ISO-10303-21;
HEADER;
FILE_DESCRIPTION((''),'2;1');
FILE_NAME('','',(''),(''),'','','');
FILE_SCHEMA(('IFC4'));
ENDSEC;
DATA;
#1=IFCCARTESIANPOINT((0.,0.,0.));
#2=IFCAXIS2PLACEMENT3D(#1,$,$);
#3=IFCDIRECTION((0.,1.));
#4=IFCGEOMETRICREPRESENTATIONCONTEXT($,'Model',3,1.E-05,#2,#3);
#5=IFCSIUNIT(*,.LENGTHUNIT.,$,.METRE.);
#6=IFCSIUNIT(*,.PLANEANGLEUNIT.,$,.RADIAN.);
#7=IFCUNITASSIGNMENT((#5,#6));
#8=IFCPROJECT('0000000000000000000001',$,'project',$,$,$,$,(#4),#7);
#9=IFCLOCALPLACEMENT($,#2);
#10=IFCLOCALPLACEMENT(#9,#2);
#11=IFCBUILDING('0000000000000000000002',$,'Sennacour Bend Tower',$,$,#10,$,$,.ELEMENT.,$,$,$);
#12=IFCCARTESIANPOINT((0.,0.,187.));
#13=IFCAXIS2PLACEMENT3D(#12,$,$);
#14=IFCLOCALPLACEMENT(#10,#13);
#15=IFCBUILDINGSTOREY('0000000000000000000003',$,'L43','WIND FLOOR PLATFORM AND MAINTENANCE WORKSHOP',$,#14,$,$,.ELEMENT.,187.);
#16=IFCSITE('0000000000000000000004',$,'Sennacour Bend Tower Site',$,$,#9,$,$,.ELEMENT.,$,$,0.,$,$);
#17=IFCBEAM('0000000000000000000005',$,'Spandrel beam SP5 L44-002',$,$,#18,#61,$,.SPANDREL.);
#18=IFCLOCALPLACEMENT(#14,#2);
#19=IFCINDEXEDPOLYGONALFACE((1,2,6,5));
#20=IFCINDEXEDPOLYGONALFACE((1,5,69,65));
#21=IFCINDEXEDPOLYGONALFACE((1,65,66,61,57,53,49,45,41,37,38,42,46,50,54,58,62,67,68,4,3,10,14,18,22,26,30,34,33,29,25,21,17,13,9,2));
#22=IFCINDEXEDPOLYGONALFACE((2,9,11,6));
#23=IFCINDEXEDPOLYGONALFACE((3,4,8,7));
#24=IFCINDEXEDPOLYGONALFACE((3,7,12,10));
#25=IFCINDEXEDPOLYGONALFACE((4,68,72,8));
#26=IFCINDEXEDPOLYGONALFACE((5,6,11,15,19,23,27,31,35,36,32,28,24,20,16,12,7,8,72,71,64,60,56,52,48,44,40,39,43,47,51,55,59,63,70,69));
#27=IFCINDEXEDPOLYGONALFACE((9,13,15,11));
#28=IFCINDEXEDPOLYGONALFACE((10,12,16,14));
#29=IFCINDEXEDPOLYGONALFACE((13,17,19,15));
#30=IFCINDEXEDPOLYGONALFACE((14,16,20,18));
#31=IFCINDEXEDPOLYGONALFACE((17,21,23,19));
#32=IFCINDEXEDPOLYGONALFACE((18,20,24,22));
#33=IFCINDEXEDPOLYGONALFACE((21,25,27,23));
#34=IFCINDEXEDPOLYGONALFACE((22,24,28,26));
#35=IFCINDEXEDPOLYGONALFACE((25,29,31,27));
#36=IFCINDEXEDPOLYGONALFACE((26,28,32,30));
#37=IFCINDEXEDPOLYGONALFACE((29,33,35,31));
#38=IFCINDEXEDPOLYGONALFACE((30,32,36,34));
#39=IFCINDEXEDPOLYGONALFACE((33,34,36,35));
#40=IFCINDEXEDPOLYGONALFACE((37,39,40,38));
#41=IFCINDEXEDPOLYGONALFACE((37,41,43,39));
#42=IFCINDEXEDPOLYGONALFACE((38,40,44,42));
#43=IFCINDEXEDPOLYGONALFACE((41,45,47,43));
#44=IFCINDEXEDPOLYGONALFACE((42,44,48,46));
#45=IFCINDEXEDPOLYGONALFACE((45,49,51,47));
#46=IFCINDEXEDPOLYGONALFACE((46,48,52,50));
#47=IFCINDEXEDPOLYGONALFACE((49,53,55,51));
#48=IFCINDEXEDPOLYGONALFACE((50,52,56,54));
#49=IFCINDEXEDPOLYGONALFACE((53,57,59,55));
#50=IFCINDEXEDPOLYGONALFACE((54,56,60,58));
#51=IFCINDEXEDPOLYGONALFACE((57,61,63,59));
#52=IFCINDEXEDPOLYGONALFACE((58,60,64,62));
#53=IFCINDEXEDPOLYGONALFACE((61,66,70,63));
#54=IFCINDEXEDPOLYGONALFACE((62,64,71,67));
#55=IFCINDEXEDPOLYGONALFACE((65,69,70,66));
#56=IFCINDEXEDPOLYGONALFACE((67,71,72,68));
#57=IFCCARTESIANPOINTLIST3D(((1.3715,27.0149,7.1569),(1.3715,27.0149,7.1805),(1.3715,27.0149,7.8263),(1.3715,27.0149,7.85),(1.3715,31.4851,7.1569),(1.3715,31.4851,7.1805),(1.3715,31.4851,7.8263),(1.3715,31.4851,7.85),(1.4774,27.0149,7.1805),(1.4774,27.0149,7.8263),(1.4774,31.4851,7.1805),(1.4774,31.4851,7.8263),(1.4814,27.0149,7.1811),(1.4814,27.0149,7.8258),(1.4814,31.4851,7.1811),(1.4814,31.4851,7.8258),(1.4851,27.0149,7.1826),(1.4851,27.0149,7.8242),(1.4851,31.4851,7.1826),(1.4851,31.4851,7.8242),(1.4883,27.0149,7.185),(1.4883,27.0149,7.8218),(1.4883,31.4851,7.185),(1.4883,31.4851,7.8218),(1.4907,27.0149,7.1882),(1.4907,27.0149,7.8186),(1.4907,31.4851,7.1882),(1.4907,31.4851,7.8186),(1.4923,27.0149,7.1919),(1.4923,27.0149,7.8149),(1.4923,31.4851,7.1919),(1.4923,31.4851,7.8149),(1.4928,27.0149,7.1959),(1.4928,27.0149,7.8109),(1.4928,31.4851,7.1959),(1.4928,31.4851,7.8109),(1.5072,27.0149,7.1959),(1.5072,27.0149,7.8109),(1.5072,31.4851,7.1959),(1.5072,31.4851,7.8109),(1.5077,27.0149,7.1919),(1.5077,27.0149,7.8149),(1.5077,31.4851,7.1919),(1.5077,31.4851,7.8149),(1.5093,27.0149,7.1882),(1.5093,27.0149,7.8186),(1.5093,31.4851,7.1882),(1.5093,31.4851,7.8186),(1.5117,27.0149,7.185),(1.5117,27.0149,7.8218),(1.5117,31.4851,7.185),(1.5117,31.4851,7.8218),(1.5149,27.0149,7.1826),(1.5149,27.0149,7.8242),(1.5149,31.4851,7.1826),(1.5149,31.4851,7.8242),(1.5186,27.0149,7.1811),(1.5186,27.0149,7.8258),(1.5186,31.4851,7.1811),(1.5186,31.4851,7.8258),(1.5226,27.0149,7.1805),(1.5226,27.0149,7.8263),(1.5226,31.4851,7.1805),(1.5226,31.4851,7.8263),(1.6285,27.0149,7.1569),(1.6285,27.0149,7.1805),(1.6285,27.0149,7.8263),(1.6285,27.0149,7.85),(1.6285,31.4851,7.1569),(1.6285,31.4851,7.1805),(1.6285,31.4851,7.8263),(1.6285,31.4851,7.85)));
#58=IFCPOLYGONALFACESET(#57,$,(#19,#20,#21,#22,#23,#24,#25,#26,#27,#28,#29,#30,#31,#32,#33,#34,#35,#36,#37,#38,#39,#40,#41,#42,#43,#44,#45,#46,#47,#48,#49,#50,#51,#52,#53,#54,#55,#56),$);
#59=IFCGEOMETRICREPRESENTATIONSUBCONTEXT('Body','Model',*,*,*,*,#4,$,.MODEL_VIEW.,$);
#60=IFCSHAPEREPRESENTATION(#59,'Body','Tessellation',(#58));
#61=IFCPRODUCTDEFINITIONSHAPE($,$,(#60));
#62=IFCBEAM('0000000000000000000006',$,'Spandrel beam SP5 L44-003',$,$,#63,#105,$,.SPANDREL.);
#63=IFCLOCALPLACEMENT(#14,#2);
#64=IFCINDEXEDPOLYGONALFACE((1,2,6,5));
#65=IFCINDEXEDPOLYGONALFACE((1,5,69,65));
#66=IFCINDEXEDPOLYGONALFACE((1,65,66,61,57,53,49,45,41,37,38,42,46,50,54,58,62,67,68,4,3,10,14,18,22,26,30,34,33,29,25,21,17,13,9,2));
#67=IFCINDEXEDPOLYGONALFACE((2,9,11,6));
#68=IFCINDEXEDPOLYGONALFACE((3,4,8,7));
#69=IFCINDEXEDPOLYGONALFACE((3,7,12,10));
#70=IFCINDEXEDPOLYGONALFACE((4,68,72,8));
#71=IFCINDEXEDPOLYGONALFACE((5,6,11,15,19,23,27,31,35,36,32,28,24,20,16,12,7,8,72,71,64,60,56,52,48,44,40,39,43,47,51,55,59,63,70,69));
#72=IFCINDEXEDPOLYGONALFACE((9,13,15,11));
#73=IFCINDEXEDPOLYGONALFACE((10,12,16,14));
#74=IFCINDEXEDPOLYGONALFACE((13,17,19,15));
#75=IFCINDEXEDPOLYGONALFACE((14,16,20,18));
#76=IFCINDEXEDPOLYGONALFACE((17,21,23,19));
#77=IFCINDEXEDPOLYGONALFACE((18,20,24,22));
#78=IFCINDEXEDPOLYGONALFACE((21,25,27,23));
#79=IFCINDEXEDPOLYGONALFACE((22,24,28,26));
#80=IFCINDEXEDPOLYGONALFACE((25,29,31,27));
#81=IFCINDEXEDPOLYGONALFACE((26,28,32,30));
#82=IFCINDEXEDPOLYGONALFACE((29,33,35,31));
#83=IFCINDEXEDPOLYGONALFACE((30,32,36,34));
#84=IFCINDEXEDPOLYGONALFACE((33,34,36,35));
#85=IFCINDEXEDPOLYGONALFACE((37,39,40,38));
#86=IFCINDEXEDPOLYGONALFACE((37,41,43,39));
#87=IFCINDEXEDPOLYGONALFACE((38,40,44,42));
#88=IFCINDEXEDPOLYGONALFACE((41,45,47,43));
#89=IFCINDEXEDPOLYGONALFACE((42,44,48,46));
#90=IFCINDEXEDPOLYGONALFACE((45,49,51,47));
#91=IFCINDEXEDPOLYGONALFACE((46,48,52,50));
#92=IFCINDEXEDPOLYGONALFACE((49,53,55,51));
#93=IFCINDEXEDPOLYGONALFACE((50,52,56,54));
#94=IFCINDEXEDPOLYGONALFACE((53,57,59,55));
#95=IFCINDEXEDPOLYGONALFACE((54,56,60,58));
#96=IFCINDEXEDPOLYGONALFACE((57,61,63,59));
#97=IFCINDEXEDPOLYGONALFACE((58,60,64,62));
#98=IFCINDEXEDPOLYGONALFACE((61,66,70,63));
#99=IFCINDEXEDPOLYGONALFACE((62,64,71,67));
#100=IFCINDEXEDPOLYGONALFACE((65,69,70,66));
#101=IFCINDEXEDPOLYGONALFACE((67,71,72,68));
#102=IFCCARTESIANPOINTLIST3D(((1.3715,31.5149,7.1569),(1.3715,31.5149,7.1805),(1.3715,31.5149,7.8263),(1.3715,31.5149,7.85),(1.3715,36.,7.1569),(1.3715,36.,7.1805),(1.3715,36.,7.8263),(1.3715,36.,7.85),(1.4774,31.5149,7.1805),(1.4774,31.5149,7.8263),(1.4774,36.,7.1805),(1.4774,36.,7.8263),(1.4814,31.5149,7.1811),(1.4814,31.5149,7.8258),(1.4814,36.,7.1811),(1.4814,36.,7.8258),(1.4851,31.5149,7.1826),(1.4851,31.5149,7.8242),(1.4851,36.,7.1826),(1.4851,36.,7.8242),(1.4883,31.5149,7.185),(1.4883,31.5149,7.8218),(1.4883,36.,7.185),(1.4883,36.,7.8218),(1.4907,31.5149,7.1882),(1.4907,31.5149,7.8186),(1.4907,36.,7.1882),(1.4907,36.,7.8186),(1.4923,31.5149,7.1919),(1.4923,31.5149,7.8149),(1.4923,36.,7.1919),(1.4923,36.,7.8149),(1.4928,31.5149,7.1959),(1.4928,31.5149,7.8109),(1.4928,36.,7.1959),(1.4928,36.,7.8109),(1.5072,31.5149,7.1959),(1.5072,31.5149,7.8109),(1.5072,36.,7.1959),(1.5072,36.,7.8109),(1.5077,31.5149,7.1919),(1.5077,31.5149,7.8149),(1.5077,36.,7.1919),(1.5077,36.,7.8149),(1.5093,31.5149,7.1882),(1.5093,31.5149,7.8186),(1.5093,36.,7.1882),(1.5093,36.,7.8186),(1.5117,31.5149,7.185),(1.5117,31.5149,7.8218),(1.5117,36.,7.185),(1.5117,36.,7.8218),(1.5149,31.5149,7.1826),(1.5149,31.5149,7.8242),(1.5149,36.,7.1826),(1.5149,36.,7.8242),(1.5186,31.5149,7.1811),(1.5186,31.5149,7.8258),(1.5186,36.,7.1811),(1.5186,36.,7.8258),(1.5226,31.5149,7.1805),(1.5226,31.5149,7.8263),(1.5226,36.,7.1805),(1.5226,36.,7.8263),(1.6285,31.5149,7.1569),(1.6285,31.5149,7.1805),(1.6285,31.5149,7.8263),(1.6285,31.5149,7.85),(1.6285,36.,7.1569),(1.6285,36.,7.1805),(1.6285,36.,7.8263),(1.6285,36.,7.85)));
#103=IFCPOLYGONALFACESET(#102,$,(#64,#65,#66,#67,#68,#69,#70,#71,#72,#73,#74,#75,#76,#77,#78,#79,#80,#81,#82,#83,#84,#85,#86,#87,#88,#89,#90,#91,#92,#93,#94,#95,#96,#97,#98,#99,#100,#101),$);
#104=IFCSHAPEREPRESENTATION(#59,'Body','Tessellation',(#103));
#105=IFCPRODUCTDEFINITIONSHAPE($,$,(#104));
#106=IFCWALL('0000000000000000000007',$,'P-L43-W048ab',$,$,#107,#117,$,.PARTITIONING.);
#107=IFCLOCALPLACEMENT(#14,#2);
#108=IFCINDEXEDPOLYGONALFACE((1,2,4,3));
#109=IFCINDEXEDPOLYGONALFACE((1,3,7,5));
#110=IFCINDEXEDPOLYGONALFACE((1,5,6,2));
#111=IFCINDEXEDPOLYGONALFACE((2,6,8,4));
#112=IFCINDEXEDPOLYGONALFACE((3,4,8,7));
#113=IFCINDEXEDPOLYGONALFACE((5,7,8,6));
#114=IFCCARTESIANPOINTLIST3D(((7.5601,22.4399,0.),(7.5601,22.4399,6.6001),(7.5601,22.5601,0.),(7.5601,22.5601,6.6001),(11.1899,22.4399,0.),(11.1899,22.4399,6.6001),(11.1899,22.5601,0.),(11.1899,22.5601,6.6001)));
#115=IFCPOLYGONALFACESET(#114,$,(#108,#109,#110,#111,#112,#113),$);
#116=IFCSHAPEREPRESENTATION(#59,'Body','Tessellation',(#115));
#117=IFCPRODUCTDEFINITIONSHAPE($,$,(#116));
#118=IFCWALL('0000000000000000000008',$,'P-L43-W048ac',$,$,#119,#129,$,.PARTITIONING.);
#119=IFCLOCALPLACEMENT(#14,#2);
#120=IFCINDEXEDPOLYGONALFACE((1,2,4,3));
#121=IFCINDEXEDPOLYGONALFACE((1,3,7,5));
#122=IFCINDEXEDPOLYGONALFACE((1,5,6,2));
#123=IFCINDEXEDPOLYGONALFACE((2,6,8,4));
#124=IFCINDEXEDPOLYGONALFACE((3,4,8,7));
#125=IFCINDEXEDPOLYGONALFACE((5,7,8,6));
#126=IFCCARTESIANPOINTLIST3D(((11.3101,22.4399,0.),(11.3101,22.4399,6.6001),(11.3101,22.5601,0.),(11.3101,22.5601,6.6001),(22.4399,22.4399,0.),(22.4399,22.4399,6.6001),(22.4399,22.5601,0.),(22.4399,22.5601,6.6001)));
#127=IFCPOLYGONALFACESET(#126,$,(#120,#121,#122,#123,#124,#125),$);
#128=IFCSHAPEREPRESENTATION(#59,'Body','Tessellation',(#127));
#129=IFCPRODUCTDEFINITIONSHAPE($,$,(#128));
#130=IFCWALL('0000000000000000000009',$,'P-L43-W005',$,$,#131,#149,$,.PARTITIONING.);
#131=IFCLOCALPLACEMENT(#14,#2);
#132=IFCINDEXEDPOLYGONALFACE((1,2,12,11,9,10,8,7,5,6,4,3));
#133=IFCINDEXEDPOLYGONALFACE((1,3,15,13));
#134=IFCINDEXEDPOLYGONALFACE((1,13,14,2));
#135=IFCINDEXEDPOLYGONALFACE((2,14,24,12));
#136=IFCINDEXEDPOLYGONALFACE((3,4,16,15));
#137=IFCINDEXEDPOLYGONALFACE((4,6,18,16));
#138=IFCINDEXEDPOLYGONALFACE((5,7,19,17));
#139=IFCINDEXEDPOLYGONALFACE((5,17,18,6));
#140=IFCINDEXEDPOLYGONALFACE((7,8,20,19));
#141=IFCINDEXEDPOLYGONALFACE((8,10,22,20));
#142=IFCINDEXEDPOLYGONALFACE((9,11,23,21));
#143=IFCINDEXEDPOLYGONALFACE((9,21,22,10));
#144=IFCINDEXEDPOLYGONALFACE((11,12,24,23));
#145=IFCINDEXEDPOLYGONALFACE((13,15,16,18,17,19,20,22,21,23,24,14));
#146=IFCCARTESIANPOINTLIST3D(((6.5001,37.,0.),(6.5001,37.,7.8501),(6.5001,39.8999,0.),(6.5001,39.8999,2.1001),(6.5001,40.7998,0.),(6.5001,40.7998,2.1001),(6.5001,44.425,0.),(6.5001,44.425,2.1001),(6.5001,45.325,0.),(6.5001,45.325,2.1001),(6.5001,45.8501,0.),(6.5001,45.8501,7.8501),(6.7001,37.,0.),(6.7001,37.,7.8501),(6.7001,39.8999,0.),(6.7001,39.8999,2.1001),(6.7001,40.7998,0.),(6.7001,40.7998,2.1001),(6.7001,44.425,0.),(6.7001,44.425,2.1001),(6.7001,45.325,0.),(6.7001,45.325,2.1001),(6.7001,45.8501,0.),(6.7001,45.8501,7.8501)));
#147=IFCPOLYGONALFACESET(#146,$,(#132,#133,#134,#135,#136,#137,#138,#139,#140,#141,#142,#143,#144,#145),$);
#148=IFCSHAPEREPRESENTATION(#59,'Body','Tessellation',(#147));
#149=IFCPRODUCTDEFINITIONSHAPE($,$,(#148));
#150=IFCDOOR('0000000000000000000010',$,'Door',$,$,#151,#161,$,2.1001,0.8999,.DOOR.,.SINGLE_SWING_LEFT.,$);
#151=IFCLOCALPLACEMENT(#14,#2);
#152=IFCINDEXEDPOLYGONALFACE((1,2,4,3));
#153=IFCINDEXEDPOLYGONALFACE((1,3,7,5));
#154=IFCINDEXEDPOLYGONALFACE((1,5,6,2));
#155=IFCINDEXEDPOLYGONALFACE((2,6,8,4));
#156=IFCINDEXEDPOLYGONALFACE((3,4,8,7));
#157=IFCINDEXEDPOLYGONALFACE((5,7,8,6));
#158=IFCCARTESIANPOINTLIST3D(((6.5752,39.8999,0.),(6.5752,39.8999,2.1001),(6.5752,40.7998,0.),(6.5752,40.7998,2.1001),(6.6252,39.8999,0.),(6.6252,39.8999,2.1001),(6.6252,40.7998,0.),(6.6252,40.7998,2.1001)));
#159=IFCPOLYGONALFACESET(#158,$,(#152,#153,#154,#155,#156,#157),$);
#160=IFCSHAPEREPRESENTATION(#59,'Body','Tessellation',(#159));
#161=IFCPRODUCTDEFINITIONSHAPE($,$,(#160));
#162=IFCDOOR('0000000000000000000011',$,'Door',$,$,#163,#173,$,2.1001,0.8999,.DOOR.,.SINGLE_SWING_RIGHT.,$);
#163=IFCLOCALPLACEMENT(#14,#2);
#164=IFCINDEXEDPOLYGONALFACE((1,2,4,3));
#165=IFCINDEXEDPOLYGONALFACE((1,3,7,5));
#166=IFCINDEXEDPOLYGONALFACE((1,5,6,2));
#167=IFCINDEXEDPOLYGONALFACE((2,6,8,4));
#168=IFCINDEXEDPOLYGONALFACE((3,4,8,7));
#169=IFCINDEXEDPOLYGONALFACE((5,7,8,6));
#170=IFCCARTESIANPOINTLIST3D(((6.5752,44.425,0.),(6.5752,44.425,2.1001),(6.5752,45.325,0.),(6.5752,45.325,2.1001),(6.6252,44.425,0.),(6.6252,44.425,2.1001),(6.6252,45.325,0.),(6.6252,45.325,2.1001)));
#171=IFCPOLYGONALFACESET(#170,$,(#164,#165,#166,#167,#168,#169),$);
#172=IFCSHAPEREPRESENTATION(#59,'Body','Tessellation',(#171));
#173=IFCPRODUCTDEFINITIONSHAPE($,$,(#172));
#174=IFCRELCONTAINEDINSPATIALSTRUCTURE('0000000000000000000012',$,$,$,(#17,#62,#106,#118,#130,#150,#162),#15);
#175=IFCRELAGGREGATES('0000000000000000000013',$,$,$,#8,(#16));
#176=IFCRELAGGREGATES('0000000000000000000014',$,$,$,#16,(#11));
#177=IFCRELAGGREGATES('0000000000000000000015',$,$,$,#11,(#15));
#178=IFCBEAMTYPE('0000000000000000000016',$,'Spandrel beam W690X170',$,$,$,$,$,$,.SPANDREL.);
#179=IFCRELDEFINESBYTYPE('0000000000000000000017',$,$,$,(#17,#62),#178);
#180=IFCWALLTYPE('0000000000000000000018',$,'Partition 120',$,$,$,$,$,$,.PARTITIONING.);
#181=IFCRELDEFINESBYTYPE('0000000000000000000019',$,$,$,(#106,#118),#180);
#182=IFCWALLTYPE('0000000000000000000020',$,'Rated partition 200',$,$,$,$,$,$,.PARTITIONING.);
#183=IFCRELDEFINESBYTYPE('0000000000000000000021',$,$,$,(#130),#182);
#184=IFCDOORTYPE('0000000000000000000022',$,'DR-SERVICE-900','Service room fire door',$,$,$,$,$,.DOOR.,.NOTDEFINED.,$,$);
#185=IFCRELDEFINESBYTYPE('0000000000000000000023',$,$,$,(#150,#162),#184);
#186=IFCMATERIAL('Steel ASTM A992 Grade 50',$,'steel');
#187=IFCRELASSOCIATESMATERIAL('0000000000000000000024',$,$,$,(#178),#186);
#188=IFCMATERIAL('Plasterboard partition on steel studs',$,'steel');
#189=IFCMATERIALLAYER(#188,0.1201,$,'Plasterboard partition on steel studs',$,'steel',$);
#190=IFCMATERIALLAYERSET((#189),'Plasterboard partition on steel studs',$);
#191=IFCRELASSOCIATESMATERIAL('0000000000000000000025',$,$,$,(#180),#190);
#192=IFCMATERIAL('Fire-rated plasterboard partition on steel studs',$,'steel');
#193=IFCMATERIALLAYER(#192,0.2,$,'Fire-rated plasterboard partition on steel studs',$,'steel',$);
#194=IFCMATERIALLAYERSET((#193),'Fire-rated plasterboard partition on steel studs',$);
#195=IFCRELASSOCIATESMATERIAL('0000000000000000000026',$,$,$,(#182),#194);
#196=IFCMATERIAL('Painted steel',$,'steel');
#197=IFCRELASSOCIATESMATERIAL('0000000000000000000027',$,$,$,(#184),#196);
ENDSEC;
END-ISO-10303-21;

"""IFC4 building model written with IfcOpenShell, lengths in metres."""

from ifc_helpers import new_model, si_unit, direction, frame, frame_2d, origin, origin_2d, place, context, subcontext, project, spatial, rectangle, i_section, extrude, material, layer, layer_set, material_profile, profile_set, type_object, element, fill, save


model = new_model("IFC4")

# Units and contexts
model_context = context("Model", 3, precision=1e-05, world=origin(), true_north=direction((0.0, 1.0)))
body_context = subcontext(model_context, "Body", "Model", "MODEL_VIEW")
ifc_project = project(units=[si_unit("LENGTHUNIT", "METRE"), si_unit("PLANEANGLEUNIT", "RADIAN")], contexts=[model_context])

# Site, building, storey
site_placement = place(None, origin())
site = spatial("IfcSite", under=ifc_project, at=site_placement, Name="Sennacour Bend Tower Site", CompositionType="ELEMENT", RefElevation=0.0)
building_placement = place(site_placement, origin())
building = spatial("IfcBuilding", under=site, at=building_placement, Name="Sennacour Bend Tower", CompositionType="ELEMENT")
storey_placement = place(building_placement, frame((0.0, 0.0, 187.0)))
storey = spatial("IfcBuildingStorey", under=building, at=storey_placement, Name="L43", Description="WIND FLOOR PLATFORM AND MAINTENANCE WORKSHOP", CompositionType="ELEMENT", Elevation=187.0)

# Beams
ifc_material_1 = material(Name="Steel ASTM A992 Grade 50", Category="steel")
ifc_material_profile_1 = material_profile(ifc_material_1, i_section(OverallWidth=0.2571, OverallDepth=0.6931, WebThickness=0.0144, FlangeThickness=0.0237, FilletRadius=0.0154, at=origin_2d()), Name="Steel ASTM A992 Grade 50", Category="steel")
ifc_profile_set_1 = profile_set([ifc_material_profile_1], Name="Steel ASTM A992 Grade 50")
beam_type_1 = type_object("IfcBeamType", Name="Spandrel beam W690X170", PredefinedType="SPANDREL", material=ifc_profile_set_1)
for number, where, z_axis, x_axis, name in (
    (1, (1.5, 27.0149, 7.5034), (0.0, 1.0, 0.0), (-1.0, 0.0, 0.0), "Spandrel beam SP5 L44-002"),
):
    element("IfcBeam", number, at=place(storey_placement, frame(where, z_axis=z_axis, x_axis=x_axis)), inside=storey, type_object=beam_type_1, Name=name, PredefinedType="SPANDREL", context=body_context, shape_type="SweptSolid", body=[
        extrude(i_section(OverallWidth=0.2571, OverallDepth=0.6931, WebThickness=0.0144, FlangeThickness=0.0237, FilletRadius=0.0154, at=origin_2d()), origin(), (0.0, 0.0, 1.0), 4.4702),
    ])
beam_1_placement = place(storey_placement, frame((1.5, 31.5149, 7.5034), z_axis=(0.0, 1.0, 0.0), x_axis=(-1.0, 0.0, 0.0)))
element("IfcBeam", 2, at=beam_1_placement, inside=storey, type_object=beam_type_1, Name="Spandrel beam SP5 L44-003", PredefinedType="SPANDREL", context=body_context, shape_type="SweptSolid", body=[
    extrude(i_section(OverallWidth=0.2571, OverallDepth=0.6931, WebThickness=0.0144, FlangeThickness=0.0237, FilletRadius=0.0154, at=origin_2d()), origin(), (0.0, 0.0, 1.0), 4.4851),
])

# Walls
ifc_material_2 = material(Name="Plasterboard partition on steel studs", Category="steel")
ifc_layer_1 = layer(ifc_material_2, 0.1201, Name="Plasterboard partition on steel studs", Category="steel")
ifc_layer_set_1 = layer_set([ifc_layer_1], Name="Plasterboard partition on steel studs")
wall_type_1 = type_object("IfcWallType", Name="Partition 120", PredefinedType="PARTITIONING", material=ifc_layer_set_1)
wall_1_placement = place(storey_placement, frame((7.5601, 22.5, 0.0), z_axis=(0.0, 0.0, 1.0), x_axis=(1.0, 0.0, 0.0)))
element("IfcWall", 3, at=wall_1_placement, inside=storey, type_object=wall_type_1, Name="P-L43-W048ab", PredefinedType="PARTITIONING", context=body_context, shape_type="SweptSolid", body=[
    extrude(rectangle(XDim=3.6299, YDim=0.1201, at=frame_2d((1.8149, 0.0))), origin(), (0.0, 0.0, 1.0), 6.6001),
])
wall_2_placement = place(storey_placement, frame((11.3101, 22.5, 0.0), z_axis=(0.0, 0.0, 1.0), x_axis=(1.0, 0.0, 0.0)))
element("IfcWall", 4, at=wall_2_placement, inside=storey, type_object=wall_type_1, Name="P-L43-W048ac", PredefinedType="PARTITIONING", context=body_context, shape_type="SweptSolid", body=[
    extrude(rectangle(XDim=11.1299, YDim=0.1201, at=frame_2d((5.5649, 0.0))), origin(), (0.0, 0.0, 1.0), 6.6001),
])

# Wall, openings, doors
ifc_material_3 = material(Name="Fire-rated plasterboard partition on steel studs", Category="steel")
ifc_layer_2 = layer(ifc_material_3, 0.2, Name="Fire-rated plasterboard partition on steel studs", Category="steel")
ifc_layer_set_2 = layer_set([ifc_layer_2], Name="Fire-rated plasterboard partition on steel studs")
wall_type_2 = type_object("IfcWallType", Name="Rated partition 200", PredefinedType="PARTITIONING", material=ifc_layer_set_2)
wall_3_placement = place(storey_placement, frame((6.6001, 37.0, 0.0), z_axis=(0.0, 0.0, 1.0), x_axis=(0.0, 1.0, 0.0)))
wall_3 = element("IfcWall", 5, at=wall_3_placement, inside=storey, type_object=wall_type_2, Name="P-L43-W005", PredefinedType="PARTITIONING", context=body_context, shape_type="SweptSolid", body=[
    extrude(rectangle(XDim=8.8501, YDim=0.2, at=frame_2d((4.425, 0.0))), origin(), (0.0, 0.0, 1.0), 7.8501),
])
opening_1_placement = place(wall_3_placement, frame((2.8999, 0.0, 0.0)))
opening_1 = element("IfcOpeningElement", 6, at=opening_1_placement, cuts=wall_3, PredefinedType="OPENING", context=body_context, shape_type="SweptSolid", body=[
    extrude(rectangle(XDim=0.8999, YDim=2.1001, at=frame_2d((0.45, 1.05))), frame((0.0, 0.1099, 0.0), z_axis=(0.0, -1.0, 0.0), x_axis=(1.0, 0.0, 0.0)), (0.0, 0.0, 1.0), 0.22),
])
opening_2_placement = place(wall_3_placement, frame((7.425, 0.0, 0.0)))
opening_2 = element("IfcOpeningElement", 7, at=opening_2_placement, cuts=wall_3, PredefinedType="OPENING", context=body_context, shape_type="SweptSolid", body=[
    extrude(rectangle(XDim=0.8999, YDim=2.1001, at=frame_2d((0.45, 1.05))), frame((0.0, 0.1099, 0.0), z_axis=(0.0, -1.0, 0.0), x_axis=(1.0, 0.0, 0.0)), (0.0, 0.0, 1.0), 0.22),
])
ifc_material_4 = material(Name="Painted steel", Category="steel")
door_type_1 = type_object("IfcDoorType", Name="DR-SERVICE-900", Description="Service room fire door", OperationType="NOTDEFINED", PredefinedType="DOOR", material=ifc_material_4)
door_1_placement = place(opening_1_placement, origin())
door_1 = element("IfcDoor", 8, at=door_1_placement, inside=storey, type_object=door_type_1, Name="Door", OperationType="SINGLE_SWING_LEFT", OverallHeight=2.1001, OverallWidth=0.8999, PredefinedType="DOOR", context=body_context, shape_type="SweptSolid", body=[
    extrude(rectangle(XDim=0.8999, YDim=2.1001, at=frame_2d((0.45, 1.05))), frame((0.0, 0.0249, 0.0), z_axis=(0.0, -1.0, 0.0), x_axis=(1.0, 0.0, 0.0)), (0.0, 0.0, 1.0), 0.05),
])
fill(opening_1, door_1)
door_2_placement = place(opening_2_placement, origin())
door_2 = element("IfcDoor", 9, at=door_2_placement, inside=storey, type_object=door_type_1, Name="Door", OperationType="SINGLE_SWING_RIGHT", OverallHeight=2.1001, OverallWidth=0.8999, PredefinedType="DOOR", context=body_context, shape_type="SweptSolid", body=[
    extrude(rectangle(XDim=0.8999, YDim=2.1001, at=frame_2d((0.45, 1.05))), frame((0.0, 0.0249, 0.0), z_axis=(0.0, -1.0, 0.0), x_axis=(1.0, 0.0, 0.0)), (0.0, 0.0, 1.0), 0.05),
])
fill(opening_2, door_2)

save(model, "model.ifc")
